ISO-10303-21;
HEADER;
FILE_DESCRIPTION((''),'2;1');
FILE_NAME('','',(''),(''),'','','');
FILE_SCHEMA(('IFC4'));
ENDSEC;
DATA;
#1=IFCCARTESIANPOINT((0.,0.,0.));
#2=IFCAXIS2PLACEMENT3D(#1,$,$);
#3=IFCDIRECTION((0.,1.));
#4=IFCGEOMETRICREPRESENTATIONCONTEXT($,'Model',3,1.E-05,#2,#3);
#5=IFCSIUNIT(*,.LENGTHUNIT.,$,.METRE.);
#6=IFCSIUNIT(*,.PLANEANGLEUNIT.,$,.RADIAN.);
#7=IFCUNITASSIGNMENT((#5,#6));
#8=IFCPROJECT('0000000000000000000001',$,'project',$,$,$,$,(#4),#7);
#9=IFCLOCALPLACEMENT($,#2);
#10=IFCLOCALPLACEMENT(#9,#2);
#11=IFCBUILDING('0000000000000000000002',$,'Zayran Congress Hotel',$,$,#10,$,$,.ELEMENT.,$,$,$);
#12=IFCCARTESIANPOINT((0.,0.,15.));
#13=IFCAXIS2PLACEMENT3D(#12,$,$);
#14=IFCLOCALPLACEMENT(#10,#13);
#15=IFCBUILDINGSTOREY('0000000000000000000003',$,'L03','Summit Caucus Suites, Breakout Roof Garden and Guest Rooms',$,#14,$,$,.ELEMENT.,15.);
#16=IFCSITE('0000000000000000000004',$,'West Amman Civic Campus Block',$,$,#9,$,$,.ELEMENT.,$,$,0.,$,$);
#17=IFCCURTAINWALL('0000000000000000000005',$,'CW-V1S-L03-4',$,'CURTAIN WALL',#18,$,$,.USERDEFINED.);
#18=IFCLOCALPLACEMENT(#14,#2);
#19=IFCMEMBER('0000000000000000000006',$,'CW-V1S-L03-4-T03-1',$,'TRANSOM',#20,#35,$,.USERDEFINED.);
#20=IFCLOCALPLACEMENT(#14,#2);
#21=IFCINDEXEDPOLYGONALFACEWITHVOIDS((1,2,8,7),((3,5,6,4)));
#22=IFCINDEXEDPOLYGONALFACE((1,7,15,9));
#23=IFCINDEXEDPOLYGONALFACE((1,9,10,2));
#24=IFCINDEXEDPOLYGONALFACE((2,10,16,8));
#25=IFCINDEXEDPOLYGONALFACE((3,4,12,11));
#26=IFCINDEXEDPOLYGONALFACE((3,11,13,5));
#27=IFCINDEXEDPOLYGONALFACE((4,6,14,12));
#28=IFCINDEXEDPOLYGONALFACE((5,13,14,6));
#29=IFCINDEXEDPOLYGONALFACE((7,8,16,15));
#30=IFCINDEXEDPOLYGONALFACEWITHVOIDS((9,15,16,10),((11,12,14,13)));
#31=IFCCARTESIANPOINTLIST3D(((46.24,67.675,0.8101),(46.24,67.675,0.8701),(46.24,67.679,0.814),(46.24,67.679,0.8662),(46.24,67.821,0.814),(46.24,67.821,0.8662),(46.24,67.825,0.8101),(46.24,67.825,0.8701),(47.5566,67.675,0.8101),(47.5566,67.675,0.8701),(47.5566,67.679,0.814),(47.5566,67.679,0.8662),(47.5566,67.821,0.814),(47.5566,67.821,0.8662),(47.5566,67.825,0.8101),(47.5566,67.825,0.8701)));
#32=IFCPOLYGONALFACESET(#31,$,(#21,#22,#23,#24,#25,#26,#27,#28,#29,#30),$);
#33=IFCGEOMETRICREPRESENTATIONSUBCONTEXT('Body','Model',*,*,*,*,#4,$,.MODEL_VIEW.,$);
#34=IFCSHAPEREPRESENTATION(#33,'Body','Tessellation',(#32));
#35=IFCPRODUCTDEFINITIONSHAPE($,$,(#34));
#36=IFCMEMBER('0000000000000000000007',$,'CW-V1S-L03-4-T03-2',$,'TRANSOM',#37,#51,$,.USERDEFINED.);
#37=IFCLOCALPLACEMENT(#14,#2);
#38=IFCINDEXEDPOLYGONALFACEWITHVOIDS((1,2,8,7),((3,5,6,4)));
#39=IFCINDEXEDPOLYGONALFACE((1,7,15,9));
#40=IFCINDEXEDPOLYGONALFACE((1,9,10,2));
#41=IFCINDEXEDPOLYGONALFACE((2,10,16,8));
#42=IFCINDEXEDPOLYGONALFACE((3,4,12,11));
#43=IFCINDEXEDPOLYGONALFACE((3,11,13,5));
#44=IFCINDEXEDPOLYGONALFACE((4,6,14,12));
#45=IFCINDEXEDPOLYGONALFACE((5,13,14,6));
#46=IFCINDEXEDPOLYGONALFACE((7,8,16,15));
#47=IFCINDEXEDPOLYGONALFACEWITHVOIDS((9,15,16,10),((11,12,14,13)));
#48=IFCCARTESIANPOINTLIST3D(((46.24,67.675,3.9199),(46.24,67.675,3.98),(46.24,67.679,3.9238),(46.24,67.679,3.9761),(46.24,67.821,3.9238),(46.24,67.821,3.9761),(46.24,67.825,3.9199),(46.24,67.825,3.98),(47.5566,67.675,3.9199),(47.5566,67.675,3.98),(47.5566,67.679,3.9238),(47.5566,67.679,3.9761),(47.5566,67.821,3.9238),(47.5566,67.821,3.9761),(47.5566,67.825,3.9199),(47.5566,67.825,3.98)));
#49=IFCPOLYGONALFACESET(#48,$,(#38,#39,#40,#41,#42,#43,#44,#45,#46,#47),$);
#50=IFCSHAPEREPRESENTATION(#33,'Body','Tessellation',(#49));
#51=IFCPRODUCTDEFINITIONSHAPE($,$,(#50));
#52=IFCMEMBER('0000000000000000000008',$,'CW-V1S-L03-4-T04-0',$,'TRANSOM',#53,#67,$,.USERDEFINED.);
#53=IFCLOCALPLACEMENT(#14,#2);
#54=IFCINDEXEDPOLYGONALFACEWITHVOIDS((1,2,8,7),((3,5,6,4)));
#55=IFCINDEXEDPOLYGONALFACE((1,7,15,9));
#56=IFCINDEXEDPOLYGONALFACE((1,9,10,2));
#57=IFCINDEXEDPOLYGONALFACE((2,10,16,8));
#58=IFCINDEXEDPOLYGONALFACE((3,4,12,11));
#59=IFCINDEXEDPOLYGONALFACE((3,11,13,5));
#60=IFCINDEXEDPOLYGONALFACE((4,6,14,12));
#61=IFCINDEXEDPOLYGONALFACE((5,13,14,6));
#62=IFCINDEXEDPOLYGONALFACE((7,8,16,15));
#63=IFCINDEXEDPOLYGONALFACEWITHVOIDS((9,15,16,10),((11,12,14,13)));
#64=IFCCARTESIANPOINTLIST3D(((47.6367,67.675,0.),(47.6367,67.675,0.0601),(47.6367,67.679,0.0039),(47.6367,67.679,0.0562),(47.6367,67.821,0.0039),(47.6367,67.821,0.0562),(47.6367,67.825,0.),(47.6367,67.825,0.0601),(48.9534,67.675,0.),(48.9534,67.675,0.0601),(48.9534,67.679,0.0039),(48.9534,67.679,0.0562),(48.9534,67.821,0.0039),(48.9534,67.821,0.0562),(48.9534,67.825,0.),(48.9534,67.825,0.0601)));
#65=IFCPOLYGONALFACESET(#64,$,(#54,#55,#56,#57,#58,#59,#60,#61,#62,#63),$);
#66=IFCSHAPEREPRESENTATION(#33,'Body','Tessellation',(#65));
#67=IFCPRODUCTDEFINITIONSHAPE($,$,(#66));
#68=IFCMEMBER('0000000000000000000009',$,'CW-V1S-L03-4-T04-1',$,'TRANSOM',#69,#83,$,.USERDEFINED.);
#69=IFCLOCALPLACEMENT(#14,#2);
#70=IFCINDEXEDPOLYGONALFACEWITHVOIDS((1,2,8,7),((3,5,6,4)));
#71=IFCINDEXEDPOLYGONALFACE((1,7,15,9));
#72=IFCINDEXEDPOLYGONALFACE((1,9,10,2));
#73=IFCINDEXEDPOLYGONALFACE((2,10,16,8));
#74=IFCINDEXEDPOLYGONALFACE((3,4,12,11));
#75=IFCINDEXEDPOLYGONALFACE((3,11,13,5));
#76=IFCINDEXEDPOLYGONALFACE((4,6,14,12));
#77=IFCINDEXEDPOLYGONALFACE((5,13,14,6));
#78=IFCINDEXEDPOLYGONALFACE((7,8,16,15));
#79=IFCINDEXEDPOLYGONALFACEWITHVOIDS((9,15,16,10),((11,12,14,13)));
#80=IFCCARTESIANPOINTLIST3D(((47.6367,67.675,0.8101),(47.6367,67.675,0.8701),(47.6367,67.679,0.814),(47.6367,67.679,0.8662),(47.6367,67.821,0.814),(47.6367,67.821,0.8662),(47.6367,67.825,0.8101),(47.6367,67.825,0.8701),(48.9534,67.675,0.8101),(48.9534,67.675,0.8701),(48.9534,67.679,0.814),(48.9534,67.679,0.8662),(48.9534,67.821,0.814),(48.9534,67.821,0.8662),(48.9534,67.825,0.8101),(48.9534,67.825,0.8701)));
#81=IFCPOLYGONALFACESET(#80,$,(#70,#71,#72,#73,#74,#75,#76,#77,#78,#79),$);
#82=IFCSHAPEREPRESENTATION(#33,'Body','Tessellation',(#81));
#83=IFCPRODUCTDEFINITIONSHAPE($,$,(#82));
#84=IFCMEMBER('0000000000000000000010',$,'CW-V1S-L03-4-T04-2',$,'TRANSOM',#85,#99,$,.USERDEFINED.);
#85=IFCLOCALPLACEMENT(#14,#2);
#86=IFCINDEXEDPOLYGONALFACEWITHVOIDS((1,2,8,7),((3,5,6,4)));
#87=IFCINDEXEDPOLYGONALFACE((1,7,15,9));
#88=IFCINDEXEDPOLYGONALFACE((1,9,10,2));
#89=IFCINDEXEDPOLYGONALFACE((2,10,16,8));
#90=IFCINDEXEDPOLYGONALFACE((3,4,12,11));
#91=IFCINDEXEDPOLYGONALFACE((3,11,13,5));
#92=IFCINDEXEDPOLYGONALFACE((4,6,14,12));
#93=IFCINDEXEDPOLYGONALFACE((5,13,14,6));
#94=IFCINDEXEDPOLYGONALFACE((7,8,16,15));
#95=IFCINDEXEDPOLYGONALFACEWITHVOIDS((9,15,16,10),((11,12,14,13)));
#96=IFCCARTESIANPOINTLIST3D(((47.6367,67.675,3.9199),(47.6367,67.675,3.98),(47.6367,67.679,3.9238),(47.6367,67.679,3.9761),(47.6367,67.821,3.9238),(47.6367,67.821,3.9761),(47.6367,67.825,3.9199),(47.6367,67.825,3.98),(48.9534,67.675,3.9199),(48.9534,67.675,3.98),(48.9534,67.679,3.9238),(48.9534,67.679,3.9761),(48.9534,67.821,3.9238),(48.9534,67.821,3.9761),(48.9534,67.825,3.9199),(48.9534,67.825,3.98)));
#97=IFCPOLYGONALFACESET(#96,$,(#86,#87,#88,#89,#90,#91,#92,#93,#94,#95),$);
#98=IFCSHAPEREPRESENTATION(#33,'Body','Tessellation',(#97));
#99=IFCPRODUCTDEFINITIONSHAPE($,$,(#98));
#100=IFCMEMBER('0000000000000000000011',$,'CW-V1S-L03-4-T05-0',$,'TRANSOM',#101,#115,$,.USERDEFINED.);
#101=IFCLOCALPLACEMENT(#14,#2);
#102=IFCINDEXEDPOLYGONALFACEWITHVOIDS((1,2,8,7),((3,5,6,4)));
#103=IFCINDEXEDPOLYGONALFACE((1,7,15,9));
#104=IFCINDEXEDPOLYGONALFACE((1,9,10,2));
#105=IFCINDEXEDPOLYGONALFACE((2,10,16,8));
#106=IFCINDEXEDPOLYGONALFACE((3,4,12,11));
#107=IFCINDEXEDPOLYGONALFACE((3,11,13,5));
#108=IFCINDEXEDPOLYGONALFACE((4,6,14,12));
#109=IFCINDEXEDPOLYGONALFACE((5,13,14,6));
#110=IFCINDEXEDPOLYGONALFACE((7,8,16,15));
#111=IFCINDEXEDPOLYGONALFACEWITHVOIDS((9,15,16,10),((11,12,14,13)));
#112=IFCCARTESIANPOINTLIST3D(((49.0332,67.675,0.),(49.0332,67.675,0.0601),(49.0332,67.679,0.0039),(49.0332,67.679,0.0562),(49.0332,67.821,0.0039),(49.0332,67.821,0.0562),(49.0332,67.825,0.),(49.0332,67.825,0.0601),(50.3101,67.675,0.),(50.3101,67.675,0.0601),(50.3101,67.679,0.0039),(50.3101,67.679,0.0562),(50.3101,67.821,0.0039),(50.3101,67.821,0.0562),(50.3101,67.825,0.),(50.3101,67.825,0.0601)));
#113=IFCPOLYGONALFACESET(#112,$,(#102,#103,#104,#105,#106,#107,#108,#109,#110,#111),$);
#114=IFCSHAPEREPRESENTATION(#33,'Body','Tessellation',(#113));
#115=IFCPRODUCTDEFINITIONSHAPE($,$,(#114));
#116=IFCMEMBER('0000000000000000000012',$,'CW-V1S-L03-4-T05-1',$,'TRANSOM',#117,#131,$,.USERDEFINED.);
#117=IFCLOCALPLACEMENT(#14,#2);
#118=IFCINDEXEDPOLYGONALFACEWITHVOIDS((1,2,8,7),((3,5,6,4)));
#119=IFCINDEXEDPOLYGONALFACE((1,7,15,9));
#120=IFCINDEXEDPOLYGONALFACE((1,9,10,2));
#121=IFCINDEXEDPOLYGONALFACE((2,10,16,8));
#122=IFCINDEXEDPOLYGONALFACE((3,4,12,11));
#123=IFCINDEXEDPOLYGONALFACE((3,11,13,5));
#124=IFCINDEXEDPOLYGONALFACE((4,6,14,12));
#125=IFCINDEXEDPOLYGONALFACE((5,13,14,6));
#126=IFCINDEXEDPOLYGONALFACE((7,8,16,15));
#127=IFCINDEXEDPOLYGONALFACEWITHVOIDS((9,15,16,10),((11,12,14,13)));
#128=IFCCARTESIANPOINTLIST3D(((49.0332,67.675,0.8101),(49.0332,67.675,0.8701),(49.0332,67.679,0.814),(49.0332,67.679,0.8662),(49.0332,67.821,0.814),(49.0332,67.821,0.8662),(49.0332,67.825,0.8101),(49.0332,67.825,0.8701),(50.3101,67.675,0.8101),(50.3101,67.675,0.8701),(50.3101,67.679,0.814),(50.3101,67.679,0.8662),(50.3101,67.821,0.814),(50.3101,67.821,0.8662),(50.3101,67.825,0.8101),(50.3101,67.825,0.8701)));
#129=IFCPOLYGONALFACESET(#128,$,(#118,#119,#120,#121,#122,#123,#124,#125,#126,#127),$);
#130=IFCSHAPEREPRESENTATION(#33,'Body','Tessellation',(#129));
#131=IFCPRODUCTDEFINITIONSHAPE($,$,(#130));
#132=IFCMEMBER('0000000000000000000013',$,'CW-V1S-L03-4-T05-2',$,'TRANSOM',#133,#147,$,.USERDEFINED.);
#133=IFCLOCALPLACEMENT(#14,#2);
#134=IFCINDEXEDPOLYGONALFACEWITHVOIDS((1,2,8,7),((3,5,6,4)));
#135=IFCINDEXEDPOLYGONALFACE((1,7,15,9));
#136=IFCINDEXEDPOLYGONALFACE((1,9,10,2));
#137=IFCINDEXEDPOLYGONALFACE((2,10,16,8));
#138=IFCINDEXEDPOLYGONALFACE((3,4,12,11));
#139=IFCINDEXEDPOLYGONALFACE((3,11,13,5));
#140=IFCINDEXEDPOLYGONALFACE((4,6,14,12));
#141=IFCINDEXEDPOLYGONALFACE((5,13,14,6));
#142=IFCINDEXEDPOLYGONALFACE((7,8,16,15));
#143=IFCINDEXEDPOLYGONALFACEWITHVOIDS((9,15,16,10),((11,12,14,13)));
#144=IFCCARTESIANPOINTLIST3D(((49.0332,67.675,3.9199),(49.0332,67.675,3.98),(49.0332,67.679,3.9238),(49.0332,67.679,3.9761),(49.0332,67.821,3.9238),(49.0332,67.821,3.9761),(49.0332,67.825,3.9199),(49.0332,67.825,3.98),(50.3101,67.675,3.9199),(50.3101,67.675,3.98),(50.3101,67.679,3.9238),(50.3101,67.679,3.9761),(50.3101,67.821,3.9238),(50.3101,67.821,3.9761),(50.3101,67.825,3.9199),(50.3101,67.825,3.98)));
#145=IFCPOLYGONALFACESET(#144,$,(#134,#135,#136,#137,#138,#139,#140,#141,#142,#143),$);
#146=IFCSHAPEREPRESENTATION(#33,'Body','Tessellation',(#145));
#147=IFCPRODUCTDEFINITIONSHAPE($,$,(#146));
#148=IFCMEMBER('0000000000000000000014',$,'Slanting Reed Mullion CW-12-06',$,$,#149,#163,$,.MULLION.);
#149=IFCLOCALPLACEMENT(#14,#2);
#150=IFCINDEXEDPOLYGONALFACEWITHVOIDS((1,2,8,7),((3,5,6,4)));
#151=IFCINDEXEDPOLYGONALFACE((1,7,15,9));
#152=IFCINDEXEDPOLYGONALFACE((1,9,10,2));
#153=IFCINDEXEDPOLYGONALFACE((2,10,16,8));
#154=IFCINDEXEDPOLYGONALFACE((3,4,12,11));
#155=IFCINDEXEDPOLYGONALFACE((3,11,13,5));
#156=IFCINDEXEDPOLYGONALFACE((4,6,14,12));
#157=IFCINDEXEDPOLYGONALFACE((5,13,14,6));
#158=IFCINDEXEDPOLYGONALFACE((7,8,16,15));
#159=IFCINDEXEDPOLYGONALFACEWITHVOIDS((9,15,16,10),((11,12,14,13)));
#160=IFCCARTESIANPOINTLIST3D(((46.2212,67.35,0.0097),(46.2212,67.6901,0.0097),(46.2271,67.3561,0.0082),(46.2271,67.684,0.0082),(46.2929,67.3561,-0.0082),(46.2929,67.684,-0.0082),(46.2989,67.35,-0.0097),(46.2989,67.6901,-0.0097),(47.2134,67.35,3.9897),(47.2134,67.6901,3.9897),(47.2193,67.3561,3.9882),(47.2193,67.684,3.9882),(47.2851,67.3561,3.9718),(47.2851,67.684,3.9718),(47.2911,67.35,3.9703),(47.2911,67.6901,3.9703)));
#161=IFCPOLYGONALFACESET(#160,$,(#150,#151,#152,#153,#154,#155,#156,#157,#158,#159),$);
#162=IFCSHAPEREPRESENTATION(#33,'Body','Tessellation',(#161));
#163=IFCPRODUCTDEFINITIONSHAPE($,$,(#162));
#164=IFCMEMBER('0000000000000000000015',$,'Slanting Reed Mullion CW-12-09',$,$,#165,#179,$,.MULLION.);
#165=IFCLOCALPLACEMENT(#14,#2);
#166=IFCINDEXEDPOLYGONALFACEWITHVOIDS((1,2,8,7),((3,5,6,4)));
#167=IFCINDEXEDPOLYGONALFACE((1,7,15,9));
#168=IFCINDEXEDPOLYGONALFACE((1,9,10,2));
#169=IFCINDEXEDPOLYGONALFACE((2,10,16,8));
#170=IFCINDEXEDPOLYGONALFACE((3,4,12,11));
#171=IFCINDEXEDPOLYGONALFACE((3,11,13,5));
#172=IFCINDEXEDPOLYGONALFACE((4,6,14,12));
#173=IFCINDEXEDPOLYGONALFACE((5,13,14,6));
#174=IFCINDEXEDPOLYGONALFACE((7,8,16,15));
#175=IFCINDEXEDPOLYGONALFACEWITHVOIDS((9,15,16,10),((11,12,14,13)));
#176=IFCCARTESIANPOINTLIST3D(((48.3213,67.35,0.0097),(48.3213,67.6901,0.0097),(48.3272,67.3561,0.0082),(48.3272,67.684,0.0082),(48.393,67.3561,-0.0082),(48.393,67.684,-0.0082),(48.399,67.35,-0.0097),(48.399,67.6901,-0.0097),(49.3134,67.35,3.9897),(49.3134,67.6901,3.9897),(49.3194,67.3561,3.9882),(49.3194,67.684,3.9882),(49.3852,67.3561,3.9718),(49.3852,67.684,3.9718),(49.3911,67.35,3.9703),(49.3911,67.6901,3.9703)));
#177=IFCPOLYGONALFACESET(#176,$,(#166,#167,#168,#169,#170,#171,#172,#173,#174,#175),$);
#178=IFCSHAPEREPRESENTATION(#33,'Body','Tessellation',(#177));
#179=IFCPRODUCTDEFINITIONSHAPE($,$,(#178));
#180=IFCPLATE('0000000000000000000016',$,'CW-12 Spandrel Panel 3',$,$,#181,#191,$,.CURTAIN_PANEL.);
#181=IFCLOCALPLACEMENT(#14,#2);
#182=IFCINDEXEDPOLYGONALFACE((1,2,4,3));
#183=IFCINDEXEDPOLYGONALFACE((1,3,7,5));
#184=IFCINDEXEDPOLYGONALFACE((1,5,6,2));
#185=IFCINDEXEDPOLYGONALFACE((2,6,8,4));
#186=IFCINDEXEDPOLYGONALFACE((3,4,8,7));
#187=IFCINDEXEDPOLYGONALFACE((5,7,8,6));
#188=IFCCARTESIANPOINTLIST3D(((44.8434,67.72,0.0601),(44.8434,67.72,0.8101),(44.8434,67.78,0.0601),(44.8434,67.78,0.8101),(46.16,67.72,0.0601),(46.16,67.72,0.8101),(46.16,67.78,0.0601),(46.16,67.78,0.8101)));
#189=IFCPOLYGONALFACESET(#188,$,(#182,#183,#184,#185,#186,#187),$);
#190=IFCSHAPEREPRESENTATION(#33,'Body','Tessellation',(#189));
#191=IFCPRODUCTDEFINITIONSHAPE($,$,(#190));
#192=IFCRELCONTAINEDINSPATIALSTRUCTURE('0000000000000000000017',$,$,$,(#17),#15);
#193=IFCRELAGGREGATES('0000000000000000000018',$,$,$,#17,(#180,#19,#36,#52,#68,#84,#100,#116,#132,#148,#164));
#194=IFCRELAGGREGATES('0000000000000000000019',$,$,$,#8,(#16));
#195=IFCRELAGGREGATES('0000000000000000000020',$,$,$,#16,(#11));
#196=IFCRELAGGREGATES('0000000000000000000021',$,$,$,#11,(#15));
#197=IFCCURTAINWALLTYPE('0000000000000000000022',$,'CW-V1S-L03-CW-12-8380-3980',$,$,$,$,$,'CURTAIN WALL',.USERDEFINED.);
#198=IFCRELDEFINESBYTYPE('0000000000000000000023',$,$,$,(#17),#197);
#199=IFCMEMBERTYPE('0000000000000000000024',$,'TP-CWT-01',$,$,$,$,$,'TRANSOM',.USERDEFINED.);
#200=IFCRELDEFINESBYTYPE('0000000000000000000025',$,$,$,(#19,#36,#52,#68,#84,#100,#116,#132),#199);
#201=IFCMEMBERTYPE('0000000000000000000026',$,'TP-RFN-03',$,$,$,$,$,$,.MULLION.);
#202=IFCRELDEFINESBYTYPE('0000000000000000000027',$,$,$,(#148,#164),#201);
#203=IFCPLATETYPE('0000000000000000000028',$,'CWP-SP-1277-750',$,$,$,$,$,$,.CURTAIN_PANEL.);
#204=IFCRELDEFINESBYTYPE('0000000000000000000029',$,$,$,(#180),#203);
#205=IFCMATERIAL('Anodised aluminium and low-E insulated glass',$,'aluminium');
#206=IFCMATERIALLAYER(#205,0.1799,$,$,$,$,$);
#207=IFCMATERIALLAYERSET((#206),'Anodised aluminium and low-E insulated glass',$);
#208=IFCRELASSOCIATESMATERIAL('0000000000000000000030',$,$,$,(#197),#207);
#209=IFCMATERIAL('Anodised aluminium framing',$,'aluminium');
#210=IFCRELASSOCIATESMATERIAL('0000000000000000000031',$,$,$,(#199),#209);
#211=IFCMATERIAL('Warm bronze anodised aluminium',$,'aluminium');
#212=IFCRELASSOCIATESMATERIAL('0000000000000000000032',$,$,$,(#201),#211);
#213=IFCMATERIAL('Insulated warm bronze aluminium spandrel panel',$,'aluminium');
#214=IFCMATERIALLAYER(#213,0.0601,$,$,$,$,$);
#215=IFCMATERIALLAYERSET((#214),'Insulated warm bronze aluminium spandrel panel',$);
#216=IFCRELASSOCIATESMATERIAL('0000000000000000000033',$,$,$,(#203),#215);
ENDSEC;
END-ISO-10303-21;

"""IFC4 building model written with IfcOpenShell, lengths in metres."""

from ifc_helpers import new_model, si_unit, direction, frame, origin, origin_2d, place, context, subcontext, project, spatial, rectangle, hollow_rectangle, extrude, material, layer, layer_set, material_profile, profile_set, type_object, element, aggregate, save


model = new_model("IFC4")

# Units and contexts
model_context = context("Model", 3, precision=1e-05, world=origin(), true_north=direction((0.0, 1.0)))
body_context = subcontext(model_context, "Body", "Model", "MODEL_VIEW")
ifc_project = project(units=[si_unit("LENGTHUNIT", "METRE"), si_unit("PLANEANGLEUNIT", "RADIAN")], contexts=[model_context])

# Site, building, storey
site_placement = place(None, origin())
site = spatial("IfcSite", under=ifc_project, at=site_placement, Name="West Amman Civic Campus Block", CompositionType="ELEMENT", RefElevation=0.0)
building_placement = place(site_placement, origin())
building = spatial("IfcBuilding", under=site, at=building_placement, Name="Zayran Congress Hotel", CompositionType="ELEMENT")
storey_placement = place(building_placement, frame((0.0, 0.0, 15.0)))
storey = spatial("IfcBuildingStorey", under=building, at=storey_placement, Name="L03", Description="Summit Caucus Suites, Breakout Roof Garden and Guest Rooms", CompositionType="ELEMENT", Elevation=15.0)

# Curtain wall, members, plate
ifc_material_1 = material(Name="Anodised aluminium and low-E insulated glass", Category="aluminium")
ifc_layer_1 = layer(ifc_material_1, 0.1799)
ifc_layer_set_1 = layer_set([ifc_layer_1], Name="Anodised aluminium and low-E insulated glass")
curtain_wall_type = type_object("IfcCurtainWallType", Name="CW-V1S-L03-CW-12-8380-3980", ElementType="CURTAIN WALL", PredefinedType="USERDEFINED", material=ifc_layer_set_1)
curtain_wall_placement = place(storey_placement, origin())
curtain_wall = element("IfcCurtainWall", 1, at=curtain_wall_placement, inside=storey, type_object=curtain_wall_type, Name="CW-V1S-L03-4", ObjectType="CURTAIN WALL", PredefinedType="USERDEFINED")
ifc_material_2 = material(Name="Anodised aluminium framing", Category="aluminium")
ifc_material_profile_1 = material_profile(ifc_material_2, hollow_rectangle(XDim=0.0601, YDim=0.1499, WallThickness=0.0039, at=origin_2d()), Name="RHS 150x60x4")
ifc_profile_set_1 = profile_set([ifc_material_profile_1], Name="Anodised aluminium framing")
member_type_1 = type_object("IfcMemberType", Name="TP-CWT-01", ElementType="TRANSOM", PredefinedType="USERDEFINED", material=ifc_profile_set_1)
member_1_placement = place(storey_placement, frame((46.24, 67.75, 0.8401), z_axis=(1.0, 0.0, 0.0), x_axis=(0.0, 0.0, 1.0)))
member_1 = element("IfcMember", 2, at=member_1_placement, type_object=member_type_1, Name="CW-V1S-L03-4-T03-1", ObjectType="TRANSOM", PredefinedType="USERDEFINED", context=body_context, shape_type="SweptSolid", body=[
    extrude(hollow_rectangle(XDim=0.0601, YDim=0.1499, WallThickness=0.0039, at=origin_2d()), origin(), (0.0, 0.0, 1.0), 1.3167),
])
member_2_placement = place(storey_placement, frame((46.24, 67.75, 3.95), z_axis=(1.0, 0.0, 0.0), x_axis=(0.0, 0.0, 1.0)))
member_2 = element("IfcMember", 3, at=member_2_placement, type_object=member_type_1, Name="CW-V1S-L03-4-T03-2", ObjectType="TRANSOM", PredefinedType="USERDEFINED", context=body_context, shape_type="SweptSolid", body=[
    extrude(hollow_rectangle(XDim=0.0601, YDim=0.1499, WallThickness=0.0039, at=origin_2d()), origin(), (0.0, 0.0, 1.0), 1.3167),
])
member_3_placement = place(storey_placement, frame((47.6367, 67.75, 0.03), z_axis=(1.0, 0.0, 0.0), x_axis=(0.0, 0.0, 1.0)))
member_3 = element("IfcMember", 4, at=member_3_placement, type_object=member_type_1, Name="CW-V1S-L03-4-T04-0", ObjectType="TRANSOM", PredefinedType="USERDEFINED", context=body_context, shape_type="SweptSolid", body=[
    extrude(hollow_rectangle(XDim=0.0601, YDim=0.1499, WallThickness=0.0039, at=origin_2d()), origin(), (0.0, 0.0, 1.0), 1.3167),
])
member_4_placement = place(storey_placement, frame((47.6367, 67.75, 0.8401), z_axis=(1.0, 0.0, 0.0), x_axis=(0.0, 0.0, 1.0)))
member_4 = element("IfcMember", 5, at=member_4_placement, type_object=member_type_1, Name="CW-V1S-L03-4-T04-1", ObjectType="TRANSOM", PredefinedType="USERDEFINED", context=body_context, shape_type="SweptSolid", body=[
    extrude(hollow_rectangle(XDim=0.0601, YDim=0.1499, WallThickness=0.0039, at=origin_2d()), origin(), (0.0, 0.0, 1.0), 1.3167),
])
member_5_placement = place(storey_placement, frame((47.6367, 67.75, 3.95), z_axis=(1.0, 0.0, 0.0), x_axis=(0.0, 0.0, 1.0)))
member_5 = element("IfcMember", 6, at=member_5_placement, type_object=member_type_1, Name="CW-V1S-L03-4-T04-2", ObjectType="TRANSOM", PredefinedType="USERDEFINED", context=body_context, shape_type="SweptSolid", body=[
    extrude(hollow_rectangle(XDim=0.0601, YDim=0.1499, WallThickness=0.0039, at=origin_2d()), origin(), (0.0, 0.0, 1.0), 1.3167),
])
member_6_placement = place(storey_placement, frame((49.0332, 67.75, 0.03), z_axis=(1.0, 0.0, 0.0), x_axis=(0.0, 0.0, 1.0)))
member_6 = element("IfcMember", 7, at=member_6_placement, type_object=member_type_1, Name="CW-V1S-L03-4-T05-0", ObjectType="TRANSOM", PredefinedType="USERDEFINED", context=body_context, shape_type="SweptSolid", body=[
    extrude(hollow_rectangle(XDim=0.0601, YDim=0.1499, WallThickness=0.0039, at=origin_2d()), origin(), (0.0, 0.0, 1.0), 1.2769),
])
member_7_placement = place(storey_placement, frame((49.0332, 67.75, 0.8401), z_axis=(1.0, 0.0, 0.0), x_axis=(0.0, 0.0, 1.0)))
member_7 = element("IfcMember", 8, at=member_7_placement, type_object=member_type_1, Name="CW-V1S-L03-4-T05-1", ObjectType="TRANSOM", PredefinedType="USERDEFINED", context=body_context, shape_type="SweptSolid", body=[
    extrude(hollow_rectangle(XDim=0.0601, YDim=0.1499, WallThickness=0.0039, at=origin_2d()), origin(), (0.0, 0.0, 1.0), 1.2769),
])
member_8_placement = place(storey_placement, frame((49.0332, 67.75, 3.95), z_axis=(1.0, 0.0, 0.0), x_axis=(0.0, 0.0, 1.0)))
member_8 = element("IfcMember", 9, at=member_8_placement, type_object=member_type_1, Name="CW-V1S-L03-4-T05-2", ObjectType="TRANSOM", PredefinedType="USERDEFINED", context=body_context, shape_type="SweptSolid", body=[
    extrude(hollow_rectangle(XDim=0.0601, YDim=0.1499, WallThickness=0.0039, at=origin_2d()), origin(), (0.0, 0.0, 1.0), 1.2769),
])
ifc_material_3 = material(Name="Warm bronze anodised aluminium", Category="aluminium")
ifc_material_profile_2 = material_profile(ifc_material_3, hollow_rectangle(XDim=0.0801, YDim=0.3401, WallThickness=0.0061, at=origin_2d()), Name="RHS 340x80x6")
ifc_profile_set_2 = profile_set([ifc_material_profile_2], Name="Warm bronze anodised aluminium")
member_type_2 = type_object("IfcMemberType", Name="TP-RFN-03", PredefinedType="MULLION", material=ifc_profile_set_2)
member_9_placement = place(storey_placement, frame((46.26, 67.52, 0.0), z_axis=(0.241891, 0.0, 0.970303), x_axis=(-0.970303, 0.0, 0.241891)))
member_9 = element("IfcMember", 10, at=member_9_placement, type_object=member_type_2, Name="Slanting Reed Mullion CW-12-06", PredefinedType="MULLION", context=body_context, shape_type="SweptSolid", body=[
    extrude(hollow_rectangle(XDim=0.0801, YDim=0.3401, WallThickness=0.0061, at=origin_2d()), origin(), (0.0, 0.0, 1.0), 4.1018),
])
member_10_placement = place(storey_placement, frame((48.3601, 67.52, 0.0), z_axis=(0.241891, 0.0, 0.970303), x_axis=(-0.970303, 0.0, 0.241891)))
member_10 = element("IfcMember", 11, at=member_10_placement, type_object=member_type_2, Name="Slanting Reed Mullion CW-12-09", PredefinedType="MULLION", context=body_context, shape_type="SweptSolid", body=[
    extrude(hollow_rectangle(XDim=0.0801, YDim=0.3401, WallThickness=0.0061, at=origin_2d()), origin(), (0.0, 0.0, 1.0), 4.1018),
])
ifc_material_4 = material(Name="Insulated warm bronze aluminium spandrel panel", Category="aluminium")
ifc_layer_2 = layer(ifc_material_4, 0.0601)
ifc_layer_set_2 = layer_set([ifc_layer_2], Name="Insulated warm bronze aluminium spandrel panel")
plate_type_1 = type_object("IfcPlateType", Name="CWP-SP-1277-750", PredefinedType="CURTAIN_PANEL", material=ifc_layer_set_2)
plate_1_placement = place(storey_placement, frame((45.5017, 67.75, 0.0601), z_axis=(0.0, 0.0, 1.0), x_axis=(1.0, 0.0, 0.0)))
plate_1 = element("IfcPlate", 12, at=plate_1_placement, type_object=plate_type_1, Name="CW-12 Spandrel Panel 3", PredefinedType="CURTAIN_PANEL", context=body_context, shape_type="SweptSolid", body=[
    extrude(rectangle(XDim=1.3167, YDim=0.0601, at=origin_2d()), origin(), (0.0, 0.0, 1.0), 0.75),
])
aggregate(curtain_wall, [plate_1, member_1, member_2, member_3, member_4, member_5, member_6, member_7, member_8, member_9, member_10])

save(model, "model.ifc")
